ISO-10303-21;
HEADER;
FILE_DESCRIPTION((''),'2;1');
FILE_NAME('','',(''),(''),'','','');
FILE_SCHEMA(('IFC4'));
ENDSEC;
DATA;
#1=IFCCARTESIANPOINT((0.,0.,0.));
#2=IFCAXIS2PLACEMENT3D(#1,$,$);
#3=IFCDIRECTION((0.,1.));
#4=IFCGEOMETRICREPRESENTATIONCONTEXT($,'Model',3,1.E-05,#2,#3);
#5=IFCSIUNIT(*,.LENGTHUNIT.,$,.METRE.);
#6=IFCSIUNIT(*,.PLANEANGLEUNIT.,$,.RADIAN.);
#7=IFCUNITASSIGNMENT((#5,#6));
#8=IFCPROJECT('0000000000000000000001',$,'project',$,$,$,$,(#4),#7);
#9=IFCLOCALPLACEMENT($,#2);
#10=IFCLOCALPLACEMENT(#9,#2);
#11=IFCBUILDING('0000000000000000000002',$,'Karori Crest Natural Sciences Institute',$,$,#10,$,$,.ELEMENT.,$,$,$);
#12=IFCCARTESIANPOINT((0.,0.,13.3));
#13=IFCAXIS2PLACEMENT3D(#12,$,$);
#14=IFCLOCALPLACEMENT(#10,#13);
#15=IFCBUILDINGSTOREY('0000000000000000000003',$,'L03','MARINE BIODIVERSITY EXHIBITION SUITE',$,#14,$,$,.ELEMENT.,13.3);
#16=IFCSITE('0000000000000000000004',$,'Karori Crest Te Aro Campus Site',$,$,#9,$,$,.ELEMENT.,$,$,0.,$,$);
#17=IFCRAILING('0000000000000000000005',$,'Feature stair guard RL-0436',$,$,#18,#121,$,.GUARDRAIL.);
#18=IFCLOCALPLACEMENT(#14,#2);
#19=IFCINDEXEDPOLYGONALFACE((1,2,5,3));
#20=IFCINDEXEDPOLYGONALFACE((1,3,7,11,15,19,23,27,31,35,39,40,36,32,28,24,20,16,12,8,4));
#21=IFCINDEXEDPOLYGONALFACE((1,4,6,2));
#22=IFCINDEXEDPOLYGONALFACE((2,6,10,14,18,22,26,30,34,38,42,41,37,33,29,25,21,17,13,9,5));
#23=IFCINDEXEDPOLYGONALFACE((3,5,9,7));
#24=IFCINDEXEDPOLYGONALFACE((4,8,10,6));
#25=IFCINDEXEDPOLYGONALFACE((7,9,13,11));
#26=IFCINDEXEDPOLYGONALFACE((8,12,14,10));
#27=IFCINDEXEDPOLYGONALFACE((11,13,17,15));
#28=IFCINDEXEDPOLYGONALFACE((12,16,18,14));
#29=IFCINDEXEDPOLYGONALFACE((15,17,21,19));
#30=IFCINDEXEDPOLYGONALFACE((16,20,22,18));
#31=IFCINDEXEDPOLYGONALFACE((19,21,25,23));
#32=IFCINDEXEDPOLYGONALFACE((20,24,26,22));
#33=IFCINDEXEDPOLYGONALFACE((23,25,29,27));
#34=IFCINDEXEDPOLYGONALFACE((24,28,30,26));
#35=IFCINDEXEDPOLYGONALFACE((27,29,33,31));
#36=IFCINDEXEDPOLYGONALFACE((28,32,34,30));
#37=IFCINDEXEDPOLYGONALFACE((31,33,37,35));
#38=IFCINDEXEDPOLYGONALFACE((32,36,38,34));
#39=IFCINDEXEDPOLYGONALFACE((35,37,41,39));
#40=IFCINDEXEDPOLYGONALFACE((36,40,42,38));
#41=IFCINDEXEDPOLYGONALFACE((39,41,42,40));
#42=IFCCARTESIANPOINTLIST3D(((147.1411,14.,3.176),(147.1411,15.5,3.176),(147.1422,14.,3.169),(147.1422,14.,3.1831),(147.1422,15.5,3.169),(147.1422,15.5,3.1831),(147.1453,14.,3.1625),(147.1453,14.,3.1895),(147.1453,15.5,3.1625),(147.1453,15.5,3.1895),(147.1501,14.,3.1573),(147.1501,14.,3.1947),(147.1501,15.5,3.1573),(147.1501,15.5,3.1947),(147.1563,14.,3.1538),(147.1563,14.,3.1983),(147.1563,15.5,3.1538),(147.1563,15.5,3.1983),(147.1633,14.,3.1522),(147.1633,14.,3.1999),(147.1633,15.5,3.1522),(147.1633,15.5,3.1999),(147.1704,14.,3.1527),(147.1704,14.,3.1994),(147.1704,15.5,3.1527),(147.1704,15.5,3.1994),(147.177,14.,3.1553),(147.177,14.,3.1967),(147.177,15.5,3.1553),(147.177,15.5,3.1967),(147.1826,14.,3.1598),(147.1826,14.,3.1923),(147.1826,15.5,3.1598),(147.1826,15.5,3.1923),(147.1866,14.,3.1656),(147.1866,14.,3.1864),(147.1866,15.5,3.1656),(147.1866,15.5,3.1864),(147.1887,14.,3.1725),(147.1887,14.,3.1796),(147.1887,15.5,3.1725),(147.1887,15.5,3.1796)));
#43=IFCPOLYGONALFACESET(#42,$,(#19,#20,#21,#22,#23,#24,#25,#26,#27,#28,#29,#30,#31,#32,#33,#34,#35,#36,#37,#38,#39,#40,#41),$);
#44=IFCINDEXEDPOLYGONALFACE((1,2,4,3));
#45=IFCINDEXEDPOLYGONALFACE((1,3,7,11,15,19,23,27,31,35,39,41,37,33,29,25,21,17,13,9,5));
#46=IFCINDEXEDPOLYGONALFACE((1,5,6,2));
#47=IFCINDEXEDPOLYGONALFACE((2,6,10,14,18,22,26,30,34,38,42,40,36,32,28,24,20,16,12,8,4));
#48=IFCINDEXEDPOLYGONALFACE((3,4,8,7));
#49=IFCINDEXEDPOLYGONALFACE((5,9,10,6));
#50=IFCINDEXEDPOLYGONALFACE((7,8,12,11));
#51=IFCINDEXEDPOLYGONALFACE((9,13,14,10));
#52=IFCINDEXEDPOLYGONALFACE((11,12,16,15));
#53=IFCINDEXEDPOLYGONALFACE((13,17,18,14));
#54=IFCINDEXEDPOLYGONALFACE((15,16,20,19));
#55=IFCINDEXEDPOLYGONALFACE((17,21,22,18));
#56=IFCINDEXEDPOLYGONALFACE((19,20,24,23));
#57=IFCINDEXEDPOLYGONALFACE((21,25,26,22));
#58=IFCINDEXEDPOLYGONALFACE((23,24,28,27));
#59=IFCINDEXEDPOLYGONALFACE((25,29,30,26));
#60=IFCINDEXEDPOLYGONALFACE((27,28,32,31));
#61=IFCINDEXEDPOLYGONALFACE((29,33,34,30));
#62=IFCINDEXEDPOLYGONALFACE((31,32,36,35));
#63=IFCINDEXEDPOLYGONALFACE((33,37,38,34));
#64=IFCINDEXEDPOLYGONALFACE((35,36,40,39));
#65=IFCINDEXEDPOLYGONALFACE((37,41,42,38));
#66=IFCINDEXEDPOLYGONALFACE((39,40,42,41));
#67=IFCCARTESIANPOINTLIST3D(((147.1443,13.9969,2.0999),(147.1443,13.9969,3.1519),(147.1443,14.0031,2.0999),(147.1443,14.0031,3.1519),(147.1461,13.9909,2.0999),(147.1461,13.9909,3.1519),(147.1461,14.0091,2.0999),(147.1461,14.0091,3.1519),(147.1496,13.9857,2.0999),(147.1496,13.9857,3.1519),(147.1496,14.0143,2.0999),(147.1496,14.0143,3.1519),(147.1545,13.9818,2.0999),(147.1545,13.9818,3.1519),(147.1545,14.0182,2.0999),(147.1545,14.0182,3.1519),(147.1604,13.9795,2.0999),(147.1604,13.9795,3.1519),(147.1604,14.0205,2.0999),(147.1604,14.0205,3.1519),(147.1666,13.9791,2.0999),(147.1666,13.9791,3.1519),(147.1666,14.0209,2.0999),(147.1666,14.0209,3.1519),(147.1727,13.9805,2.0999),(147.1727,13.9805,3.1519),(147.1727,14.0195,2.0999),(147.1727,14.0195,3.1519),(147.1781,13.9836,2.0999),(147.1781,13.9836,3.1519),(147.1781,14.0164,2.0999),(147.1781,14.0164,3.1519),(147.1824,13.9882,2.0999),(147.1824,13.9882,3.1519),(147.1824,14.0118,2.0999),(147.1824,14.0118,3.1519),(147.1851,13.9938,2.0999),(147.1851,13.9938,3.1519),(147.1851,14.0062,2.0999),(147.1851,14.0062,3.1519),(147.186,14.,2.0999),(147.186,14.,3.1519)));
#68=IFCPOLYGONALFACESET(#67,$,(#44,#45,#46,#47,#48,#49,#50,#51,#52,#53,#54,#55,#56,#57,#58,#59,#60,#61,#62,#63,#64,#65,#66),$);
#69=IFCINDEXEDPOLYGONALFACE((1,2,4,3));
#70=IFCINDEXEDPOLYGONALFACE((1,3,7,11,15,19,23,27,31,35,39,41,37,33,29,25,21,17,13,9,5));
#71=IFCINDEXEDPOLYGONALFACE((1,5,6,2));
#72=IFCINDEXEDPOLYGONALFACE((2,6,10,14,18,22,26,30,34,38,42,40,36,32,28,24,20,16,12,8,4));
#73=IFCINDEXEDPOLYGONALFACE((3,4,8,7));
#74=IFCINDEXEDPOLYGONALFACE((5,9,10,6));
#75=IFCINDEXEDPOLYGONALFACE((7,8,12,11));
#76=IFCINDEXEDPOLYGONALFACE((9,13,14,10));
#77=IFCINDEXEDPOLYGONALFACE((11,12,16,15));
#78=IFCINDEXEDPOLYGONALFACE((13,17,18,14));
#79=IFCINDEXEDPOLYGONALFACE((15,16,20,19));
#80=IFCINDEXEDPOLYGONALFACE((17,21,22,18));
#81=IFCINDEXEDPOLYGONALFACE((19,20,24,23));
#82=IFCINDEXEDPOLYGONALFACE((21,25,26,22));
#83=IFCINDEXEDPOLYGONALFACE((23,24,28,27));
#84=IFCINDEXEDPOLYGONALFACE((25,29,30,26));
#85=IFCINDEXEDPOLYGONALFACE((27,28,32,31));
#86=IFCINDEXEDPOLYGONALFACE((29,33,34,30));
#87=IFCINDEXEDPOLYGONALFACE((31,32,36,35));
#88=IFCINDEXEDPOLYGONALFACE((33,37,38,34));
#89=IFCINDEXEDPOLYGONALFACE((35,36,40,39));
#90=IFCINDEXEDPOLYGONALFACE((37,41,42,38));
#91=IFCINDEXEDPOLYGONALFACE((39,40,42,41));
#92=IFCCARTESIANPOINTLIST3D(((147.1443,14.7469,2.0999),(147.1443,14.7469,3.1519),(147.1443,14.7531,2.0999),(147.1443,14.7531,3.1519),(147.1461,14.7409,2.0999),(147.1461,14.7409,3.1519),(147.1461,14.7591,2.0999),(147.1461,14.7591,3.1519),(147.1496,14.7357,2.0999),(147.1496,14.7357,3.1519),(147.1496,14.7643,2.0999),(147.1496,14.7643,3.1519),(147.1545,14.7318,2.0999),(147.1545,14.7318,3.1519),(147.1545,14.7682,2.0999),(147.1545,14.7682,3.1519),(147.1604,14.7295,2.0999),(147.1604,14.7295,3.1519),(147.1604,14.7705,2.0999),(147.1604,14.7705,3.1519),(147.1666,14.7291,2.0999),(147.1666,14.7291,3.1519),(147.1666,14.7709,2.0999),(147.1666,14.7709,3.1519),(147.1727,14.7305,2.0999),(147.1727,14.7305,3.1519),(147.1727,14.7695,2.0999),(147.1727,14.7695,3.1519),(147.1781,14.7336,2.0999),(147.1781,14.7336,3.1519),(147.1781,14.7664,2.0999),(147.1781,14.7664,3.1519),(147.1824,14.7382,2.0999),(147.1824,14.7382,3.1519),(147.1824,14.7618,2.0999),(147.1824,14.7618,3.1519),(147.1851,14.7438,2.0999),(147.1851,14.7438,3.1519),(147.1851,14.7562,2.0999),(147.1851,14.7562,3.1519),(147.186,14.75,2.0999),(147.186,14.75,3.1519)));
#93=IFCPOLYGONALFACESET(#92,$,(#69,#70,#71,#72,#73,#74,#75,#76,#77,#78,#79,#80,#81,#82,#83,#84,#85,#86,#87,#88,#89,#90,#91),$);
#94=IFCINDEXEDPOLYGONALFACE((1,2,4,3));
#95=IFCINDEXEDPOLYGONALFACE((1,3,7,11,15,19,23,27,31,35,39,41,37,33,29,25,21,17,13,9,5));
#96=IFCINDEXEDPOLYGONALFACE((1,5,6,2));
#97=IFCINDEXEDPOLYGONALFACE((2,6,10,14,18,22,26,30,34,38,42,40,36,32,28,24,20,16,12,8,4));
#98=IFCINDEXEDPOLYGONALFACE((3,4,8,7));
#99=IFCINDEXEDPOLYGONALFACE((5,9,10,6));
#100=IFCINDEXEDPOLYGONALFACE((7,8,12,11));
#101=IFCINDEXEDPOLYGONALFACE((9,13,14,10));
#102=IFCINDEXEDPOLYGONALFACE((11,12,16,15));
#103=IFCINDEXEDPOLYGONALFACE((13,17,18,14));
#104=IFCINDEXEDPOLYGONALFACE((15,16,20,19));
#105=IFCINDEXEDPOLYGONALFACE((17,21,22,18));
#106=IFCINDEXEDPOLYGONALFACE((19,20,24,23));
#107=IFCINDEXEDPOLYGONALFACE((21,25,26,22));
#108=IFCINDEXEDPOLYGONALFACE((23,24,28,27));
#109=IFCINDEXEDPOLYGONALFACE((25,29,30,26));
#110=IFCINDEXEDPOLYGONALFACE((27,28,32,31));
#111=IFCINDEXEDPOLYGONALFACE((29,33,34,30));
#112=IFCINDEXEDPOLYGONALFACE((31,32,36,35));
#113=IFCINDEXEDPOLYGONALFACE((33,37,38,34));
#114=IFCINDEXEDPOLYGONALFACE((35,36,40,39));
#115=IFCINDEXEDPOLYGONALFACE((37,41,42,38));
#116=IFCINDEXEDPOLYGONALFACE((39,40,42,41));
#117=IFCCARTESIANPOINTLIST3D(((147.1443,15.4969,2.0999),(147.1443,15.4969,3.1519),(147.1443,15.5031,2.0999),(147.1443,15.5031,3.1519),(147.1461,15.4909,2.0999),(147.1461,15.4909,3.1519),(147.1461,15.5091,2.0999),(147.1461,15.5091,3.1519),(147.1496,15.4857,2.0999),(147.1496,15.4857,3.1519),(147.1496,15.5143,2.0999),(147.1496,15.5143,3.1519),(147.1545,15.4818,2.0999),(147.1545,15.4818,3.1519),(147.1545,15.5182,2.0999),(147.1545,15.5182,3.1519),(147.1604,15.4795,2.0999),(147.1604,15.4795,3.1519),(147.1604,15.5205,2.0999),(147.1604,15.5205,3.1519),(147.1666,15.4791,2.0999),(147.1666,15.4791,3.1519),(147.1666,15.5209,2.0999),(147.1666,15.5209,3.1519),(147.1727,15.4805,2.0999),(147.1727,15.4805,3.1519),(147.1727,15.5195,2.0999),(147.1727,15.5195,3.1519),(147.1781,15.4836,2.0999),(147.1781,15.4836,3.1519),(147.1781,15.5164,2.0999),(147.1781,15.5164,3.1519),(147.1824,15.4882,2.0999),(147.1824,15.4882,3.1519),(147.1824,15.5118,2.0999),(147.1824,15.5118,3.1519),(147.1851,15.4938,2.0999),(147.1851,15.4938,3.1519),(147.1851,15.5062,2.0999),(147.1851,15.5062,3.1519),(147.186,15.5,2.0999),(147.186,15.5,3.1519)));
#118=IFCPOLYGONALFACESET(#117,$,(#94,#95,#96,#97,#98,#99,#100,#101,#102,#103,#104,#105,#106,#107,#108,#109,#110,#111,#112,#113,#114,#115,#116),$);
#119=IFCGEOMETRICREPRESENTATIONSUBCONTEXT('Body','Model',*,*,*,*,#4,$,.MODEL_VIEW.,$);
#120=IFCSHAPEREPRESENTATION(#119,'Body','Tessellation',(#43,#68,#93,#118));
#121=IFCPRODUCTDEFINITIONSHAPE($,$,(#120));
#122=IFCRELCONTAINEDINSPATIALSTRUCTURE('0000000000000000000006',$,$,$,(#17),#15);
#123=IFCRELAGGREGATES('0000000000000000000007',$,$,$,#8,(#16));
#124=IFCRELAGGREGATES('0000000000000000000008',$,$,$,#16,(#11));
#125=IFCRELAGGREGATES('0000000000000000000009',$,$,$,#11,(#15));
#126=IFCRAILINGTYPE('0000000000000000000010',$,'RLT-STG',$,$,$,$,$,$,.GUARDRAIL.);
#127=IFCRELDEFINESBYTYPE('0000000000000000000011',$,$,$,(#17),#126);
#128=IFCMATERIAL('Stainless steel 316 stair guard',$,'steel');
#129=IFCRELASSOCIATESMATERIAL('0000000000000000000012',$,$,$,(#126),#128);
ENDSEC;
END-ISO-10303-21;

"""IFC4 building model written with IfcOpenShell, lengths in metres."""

from ifc_helpers import new_model, si_unit, direction, frame, origin, origin_2d, place, context, subcontext, project, spatial, circle, extrude, material, type_object, element, save


model = new_model("IFC4")

# Units and contexts
model_context = context("Model", 3, precision=1e-05, world=origin(), true_north=direction((0.0, 1.0)))
body_context = subcontext(model_context, "Body", "Model", "MODEL_VIEW")
ifc_project = project(units=[si_unit("LENGTHUNIT", "METRE"), si_unit("PLANEANGLEUNIT", "RADIAN")], contexts=[model_context])

# Site, building, storey
site_placement = place(None, origin())
site = spatial("IfcSite", under=ifc_project, at=site_placement, Name="Karori Crest Te Aro Campus Site", CompositionType="ELEMENT", RefElevation=0.0)
building_placement = place(site_placement, origin())
building = spatial("IfcBuilding", under=site, at=building_placement, Name="Karori Crest Natural Sciences Institute", CompositionType="ELEMENT")
storey_placement = place(building_placement, frame((0.0, 0.0, 13.3)))
storey = spatial("IfcBuildingStorey", under=building, at=storey_placement, Name="L03", Description="MARINE BIODIVERSITY EXHIBITION SUITE", CompositionType="ELEMENT", Elevation=13.3)

# Railing
ifc_material_1 = material(Name="Stainless steel 316 stair guard", Category="steel")
railing_type = type_object("IfcRailingType", Name="RLT-STG", PredefinedType="GUARDRAIL", material=ifc_material_1)
railing_1_placement = place(storey_placement, frame((147.165, 14.0, 2.0999)))
element("IfcRailing", 1, at=railing_1_placement, inside=storey, type_object=railing_type, Name="Feature stair guard RL-0436", PredefinedType="GUARDRAIL", context=body_context, shape_type="SweptSolid", body=[
    extrude(circle(Radius=0.0239, at=origin_2d()), frame((0.0, 0.0, 1.0762), z_axis=(0.0, 1.0, 0.0), x_axis=(-1.0, 0.0, 0.0)), (0.0, 0.0, 1.0), 1.5),
    extrude(circle(Radius=0.021, at=origin_2d()), origin(), (0.0, 0.0, 1.0), 1.052),
    extrude(circle(Radius=0.021, at=origin_2d()), frame((0.0, 0.75, 0.0)), (0.0, 0.0, 1.0), 1.052),
    extrude(circle(Radius=0.021, at=origin_2d()), frame((0.0, 1.5, 0.0)), (0.0, 0.0, 1.0), 1.052),
])

save(model, "model.ifc")
